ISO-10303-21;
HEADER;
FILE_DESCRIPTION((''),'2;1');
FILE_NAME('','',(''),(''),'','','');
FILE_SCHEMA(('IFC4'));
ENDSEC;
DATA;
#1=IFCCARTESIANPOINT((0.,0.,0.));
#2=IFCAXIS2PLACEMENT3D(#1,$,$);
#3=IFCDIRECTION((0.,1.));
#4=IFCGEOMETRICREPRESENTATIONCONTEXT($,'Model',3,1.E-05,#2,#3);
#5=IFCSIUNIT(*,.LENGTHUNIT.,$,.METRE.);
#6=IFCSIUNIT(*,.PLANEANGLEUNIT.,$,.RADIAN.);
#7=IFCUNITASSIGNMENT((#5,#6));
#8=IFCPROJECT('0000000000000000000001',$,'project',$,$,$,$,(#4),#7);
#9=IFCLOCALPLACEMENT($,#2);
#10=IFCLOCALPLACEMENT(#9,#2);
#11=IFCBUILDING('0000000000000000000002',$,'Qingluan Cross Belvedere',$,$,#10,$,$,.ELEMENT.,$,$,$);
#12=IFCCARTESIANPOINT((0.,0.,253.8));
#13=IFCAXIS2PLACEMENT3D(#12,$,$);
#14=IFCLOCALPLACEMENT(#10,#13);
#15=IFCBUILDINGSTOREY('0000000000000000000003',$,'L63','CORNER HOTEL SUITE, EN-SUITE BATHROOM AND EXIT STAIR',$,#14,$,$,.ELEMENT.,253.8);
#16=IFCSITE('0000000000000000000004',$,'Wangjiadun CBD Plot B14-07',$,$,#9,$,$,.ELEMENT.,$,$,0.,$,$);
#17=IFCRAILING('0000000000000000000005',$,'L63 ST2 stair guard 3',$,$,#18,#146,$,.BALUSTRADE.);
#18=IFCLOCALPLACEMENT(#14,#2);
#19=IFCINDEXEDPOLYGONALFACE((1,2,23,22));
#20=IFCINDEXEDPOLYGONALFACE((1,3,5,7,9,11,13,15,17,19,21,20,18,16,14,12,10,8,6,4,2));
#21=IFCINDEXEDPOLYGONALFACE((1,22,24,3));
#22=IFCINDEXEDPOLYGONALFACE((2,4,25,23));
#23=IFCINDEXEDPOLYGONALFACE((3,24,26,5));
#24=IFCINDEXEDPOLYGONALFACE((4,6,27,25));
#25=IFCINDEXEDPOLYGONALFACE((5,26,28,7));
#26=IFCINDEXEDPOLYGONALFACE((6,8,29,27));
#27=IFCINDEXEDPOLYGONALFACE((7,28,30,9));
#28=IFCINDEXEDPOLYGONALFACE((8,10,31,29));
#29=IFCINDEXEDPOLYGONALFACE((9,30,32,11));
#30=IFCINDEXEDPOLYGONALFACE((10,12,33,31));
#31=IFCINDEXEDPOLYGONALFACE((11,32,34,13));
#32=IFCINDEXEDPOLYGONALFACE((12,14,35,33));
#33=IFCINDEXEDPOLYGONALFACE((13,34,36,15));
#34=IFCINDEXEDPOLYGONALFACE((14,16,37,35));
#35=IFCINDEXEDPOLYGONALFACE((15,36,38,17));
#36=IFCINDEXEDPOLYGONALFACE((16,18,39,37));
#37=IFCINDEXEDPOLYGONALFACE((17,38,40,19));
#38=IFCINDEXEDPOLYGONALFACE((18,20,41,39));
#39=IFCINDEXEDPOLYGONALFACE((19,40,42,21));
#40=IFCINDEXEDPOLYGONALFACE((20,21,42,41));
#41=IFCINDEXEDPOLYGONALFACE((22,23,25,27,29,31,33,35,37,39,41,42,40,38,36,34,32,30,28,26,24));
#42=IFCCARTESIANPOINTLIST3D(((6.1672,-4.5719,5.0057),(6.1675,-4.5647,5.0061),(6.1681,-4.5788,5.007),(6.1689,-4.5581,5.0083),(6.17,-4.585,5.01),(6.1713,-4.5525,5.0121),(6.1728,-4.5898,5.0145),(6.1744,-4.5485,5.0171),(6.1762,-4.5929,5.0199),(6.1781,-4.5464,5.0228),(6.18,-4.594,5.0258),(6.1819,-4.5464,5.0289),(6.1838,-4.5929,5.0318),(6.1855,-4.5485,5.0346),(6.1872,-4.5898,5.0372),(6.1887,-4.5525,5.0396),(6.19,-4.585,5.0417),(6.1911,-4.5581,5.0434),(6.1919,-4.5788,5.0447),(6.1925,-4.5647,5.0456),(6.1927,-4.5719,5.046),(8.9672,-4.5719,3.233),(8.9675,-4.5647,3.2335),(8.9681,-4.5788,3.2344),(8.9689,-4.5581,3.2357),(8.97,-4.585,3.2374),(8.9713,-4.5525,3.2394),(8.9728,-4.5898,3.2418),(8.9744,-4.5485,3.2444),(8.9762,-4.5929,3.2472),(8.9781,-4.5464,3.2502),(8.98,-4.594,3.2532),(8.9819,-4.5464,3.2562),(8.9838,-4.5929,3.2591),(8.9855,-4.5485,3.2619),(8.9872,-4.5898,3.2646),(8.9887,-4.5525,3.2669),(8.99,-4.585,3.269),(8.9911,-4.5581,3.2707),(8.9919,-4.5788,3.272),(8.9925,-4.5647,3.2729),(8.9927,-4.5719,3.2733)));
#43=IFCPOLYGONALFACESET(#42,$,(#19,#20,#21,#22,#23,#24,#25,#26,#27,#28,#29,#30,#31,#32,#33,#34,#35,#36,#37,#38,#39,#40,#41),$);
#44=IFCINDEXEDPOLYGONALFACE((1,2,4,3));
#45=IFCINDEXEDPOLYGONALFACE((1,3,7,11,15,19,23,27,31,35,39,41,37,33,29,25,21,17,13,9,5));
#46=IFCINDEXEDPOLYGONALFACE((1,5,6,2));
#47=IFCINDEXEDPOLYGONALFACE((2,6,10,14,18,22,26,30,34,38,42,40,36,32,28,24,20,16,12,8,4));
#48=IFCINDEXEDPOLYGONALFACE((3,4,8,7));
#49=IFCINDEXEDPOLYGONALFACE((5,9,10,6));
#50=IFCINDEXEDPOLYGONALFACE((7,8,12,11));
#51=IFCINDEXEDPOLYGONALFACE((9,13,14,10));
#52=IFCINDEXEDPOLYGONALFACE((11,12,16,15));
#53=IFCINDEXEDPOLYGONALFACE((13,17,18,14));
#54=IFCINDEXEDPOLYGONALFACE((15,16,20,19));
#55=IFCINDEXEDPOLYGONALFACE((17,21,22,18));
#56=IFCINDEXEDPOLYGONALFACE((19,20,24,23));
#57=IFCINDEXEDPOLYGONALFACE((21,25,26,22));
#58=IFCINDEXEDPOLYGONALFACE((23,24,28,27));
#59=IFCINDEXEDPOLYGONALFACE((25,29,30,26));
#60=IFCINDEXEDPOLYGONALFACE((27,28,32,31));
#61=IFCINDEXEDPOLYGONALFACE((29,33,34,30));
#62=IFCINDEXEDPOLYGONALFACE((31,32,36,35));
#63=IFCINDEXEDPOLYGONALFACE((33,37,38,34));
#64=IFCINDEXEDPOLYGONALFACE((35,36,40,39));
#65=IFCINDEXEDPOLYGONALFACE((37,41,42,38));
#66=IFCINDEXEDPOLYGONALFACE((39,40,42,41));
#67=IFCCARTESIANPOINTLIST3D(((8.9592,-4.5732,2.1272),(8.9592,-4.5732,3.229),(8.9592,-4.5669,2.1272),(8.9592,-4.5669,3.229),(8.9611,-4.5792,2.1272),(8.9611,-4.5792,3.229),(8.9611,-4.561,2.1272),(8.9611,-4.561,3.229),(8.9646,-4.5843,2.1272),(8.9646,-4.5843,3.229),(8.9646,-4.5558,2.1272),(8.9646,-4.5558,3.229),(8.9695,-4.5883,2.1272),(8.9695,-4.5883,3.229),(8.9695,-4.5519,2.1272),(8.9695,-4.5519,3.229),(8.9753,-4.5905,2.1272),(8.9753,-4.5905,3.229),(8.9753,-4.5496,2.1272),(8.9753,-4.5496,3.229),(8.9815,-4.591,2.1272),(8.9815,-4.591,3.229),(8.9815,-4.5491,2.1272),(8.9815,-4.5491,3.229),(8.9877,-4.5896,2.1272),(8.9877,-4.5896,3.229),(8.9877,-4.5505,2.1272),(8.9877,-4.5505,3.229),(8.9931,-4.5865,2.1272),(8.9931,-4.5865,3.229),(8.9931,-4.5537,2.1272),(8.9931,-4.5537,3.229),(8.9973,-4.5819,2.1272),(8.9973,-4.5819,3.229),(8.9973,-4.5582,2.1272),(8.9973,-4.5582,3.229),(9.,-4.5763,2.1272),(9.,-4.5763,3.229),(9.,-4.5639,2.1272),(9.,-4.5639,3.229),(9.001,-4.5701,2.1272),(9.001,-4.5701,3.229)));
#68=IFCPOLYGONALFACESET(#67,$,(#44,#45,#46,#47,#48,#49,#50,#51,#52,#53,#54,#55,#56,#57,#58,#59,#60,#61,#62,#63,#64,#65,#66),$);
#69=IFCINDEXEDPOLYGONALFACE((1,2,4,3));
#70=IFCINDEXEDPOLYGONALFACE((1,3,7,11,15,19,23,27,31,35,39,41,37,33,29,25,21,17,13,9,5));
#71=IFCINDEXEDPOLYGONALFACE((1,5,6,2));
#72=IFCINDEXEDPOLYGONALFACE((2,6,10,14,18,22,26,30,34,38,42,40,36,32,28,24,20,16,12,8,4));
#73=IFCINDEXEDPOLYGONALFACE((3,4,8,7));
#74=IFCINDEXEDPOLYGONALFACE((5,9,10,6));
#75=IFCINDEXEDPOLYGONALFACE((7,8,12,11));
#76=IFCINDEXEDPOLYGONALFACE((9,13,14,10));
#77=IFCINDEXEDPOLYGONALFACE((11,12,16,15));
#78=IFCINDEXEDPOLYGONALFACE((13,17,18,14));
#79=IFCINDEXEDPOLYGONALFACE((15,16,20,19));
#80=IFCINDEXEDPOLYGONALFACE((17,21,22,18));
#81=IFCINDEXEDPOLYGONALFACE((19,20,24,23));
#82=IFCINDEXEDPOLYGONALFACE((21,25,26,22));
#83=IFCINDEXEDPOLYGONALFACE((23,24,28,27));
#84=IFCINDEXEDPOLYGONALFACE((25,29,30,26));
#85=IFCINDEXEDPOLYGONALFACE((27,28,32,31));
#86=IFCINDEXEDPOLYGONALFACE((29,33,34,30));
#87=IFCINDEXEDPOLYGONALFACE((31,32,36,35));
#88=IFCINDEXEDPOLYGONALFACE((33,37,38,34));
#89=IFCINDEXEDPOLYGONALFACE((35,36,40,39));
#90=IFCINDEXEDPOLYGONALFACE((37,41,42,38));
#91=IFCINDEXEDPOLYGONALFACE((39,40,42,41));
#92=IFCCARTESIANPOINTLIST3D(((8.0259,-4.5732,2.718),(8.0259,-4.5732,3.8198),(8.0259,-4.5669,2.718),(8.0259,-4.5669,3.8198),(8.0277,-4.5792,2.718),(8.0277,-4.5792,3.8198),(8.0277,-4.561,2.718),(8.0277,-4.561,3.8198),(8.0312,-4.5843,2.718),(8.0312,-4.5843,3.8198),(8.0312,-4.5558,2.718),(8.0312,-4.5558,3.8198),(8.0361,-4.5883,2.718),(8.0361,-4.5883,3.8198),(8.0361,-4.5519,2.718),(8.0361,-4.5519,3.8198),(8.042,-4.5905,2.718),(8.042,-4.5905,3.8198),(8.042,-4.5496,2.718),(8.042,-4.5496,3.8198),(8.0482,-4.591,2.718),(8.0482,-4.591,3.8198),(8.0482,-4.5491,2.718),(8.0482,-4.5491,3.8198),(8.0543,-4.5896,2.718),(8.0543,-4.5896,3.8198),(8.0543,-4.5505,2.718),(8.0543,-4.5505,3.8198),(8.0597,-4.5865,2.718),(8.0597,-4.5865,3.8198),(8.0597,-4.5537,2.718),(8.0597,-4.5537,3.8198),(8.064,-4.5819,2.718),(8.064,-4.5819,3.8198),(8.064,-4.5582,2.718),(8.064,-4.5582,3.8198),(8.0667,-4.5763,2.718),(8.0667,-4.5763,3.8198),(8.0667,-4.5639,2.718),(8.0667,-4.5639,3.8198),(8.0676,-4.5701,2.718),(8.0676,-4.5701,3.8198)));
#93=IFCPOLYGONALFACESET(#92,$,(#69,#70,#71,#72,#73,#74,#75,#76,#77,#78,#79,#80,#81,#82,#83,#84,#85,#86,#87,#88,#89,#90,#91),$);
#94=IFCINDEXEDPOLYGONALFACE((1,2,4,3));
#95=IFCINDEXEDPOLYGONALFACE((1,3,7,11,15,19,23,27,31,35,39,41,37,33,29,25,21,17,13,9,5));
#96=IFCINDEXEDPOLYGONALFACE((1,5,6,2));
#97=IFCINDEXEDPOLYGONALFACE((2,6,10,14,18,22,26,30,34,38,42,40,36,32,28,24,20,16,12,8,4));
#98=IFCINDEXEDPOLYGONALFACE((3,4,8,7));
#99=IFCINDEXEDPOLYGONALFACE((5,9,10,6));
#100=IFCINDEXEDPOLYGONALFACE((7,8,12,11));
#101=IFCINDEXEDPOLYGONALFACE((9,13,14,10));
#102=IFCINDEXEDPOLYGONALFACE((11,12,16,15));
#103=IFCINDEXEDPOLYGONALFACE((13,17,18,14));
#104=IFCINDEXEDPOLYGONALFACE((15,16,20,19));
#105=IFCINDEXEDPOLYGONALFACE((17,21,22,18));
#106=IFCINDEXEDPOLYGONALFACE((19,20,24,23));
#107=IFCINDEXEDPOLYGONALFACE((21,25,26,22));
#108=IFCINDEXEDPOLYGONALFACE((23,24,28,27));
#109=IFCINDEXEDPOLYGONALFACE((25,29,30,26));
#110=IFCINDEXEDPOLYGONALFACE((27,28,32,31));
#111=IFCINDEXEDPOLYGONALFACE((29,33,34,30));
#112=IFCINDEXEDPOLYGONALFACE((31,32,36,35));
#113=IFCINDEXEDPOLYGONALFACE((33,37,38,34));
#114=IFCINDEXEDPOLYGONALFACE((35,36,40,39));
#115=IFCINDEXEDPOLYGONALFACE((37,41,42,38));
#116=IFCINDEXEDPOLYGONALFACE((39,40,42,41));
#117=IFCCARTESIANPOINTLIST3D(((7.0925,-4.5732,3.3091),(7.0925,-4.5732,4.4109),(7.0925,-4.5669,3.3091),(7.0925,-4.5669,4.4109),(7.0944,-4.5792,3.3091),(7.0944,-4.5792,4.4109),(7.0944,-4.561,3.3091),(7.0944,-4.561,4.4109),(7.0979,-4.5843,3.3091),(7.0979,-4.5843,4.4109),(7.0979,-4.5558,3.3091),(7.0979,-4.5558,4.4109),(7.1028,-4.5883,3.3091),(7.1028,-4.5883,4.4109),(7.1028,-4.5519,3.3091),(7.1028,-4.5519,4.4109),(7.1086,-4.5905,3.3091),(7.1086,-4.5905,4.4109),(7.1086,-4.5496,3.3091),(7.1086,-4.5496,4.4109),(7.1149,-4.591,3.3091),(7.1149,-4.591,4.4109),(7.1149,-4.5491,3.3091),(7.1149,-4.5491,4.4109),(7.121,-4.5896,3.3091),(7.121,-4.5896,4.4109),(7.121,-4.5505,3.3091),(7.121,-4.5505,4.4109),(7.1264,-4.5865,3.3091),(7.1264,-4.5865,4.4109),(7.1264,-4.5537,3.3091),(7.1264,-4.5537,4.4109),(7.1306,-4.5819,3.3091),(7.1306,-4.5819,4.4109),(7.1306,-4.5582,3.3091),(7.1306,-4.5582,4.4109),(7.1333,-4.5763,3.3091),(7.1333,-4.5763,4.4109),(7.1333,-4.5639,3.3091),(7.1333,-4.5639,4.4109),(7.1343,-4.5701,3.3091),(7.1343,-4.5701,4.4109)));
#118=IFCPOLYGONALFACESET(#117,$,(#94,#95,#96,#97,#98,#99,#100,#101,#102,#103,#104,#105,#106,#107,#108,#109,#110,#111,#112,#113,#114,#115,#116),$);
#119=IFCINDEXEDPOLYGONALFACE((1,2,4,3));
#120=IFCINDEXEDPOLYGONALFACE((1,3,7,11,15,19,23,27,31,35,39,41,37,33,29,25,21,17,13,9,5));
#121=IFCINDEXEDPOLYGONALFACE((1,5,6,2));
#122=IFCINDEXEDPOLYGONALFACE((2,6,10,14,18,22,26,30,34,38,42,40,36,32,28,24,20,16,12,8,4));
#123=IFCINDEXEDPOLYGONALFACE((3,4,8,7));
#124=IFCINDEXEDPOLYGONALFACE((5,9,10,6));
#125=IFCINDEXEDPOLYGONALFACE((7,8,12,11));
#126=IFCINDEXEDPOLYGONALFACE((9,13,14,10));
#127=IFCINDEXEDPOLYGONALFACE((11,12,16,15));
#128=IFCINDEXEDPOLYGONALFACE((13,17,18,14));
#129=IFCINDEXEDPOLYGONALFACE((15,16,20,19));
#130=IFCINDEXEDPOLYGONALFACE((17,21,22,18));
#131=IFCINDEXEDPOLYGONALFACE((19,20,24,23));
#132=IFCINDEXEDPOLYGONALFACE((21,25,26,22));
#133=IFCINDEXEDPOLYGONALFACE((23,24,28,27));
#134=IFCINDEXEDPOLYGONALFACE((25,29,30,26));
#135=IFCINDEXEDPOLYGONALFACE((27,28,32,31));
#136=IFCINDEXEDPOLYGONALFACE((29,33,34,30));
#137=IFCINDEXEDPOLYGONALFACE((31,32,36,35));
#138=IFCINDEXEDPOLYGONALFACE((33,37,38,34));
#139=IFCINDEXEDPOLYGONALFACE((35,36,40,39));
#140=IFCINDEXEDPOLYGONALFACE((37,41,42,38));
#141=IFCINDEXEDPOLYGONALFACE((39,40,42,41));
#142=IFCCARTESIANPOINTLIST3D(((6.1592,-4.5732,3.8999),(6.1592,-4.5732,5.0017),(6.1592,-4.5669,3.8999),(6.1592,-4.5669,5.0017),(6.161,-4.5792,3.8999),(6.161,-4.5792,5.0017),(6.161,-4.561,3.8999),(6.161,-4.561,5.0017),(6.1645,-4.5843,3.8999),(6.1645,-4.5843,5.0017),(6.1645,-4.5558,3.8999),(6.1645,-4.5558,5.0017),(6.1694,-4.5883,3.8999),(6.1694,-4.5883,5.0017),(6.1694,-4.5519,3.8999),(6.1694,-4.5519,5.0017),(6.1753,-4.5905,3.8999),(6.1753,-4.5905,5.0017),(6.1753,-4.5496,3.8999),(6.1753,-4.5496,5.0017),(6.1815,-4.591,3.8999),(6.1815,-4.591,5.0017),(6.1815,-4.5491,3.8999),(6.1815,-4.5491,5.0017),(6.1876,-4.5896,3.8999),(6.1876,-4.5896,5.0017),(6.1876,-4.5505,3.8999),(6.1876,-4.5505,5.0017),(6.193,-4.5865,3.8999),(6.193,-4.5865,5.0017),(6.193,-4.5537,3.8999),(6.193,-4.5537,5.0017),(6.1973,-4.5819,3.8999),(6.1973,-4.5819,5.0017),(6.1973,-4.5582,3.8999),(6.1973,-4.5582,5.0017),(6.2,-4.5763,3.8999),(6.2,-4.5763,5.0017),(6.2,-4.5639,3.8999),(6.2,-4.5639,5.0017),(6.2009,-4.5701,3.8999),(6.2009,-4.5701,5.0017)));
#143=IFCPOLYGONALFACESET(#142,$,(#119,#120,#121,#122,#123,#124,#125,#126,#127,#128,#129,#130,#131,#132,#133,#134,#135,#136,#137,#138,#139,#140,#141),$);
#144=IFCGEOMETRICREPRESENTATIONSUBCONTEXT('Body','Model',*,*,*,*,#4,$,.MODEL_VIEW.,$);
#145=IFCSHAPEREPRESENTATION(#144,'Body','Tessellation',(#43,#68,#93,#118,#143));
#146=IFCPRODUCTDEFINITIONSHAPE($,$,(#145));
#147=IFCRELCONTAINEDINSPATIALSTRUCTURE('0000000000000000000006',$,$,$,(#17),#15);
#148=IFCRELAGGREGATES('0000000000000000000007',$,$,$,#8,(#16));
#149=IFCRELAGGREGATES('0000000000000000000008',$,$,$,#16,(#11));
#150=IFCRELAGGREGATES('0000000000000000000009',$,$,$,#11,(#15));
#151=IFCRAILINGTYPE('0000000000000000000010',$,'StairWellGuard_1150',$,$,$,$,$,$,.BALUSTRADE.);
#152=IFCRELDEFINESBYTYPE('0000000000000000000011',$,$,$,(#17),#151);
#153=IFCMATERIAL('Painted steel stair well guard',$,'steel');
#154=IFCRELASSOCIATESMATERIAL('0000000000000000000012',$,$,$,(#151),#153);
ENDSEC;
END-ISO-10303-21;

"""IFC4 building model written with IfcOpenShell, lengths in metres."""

from ifc_helpers import new_model, si_unit, direction, frame, origin, origin_2d, place, context, subcontext, project, spatial, circle, extrude, material, type_object, element, save


model = new_model("IFC4")

# Units and contexts
model_context = context("Model", 3, precision=1e-05, world=origin(), true_north=direction((0.0, 1.0)))
body_context = subcontext(model_context, "Body", "Model", "MODEL_VIEW")
ifc_project = project(units=[si_unit("LENGTHUNIT", "METRE"), si_unit("PLANEANGLEUNIT", "RADIAN")], contexts=[model_context])

# Site, building, storey
site_placement = place(None, origin())
site = spatial("IfcSite", under=ifc_project, at=site_placement, Name="Wangjiadun CBD Plot B14-07", CompositionType="ELEMENT", RefElevation=0.0)
building_placement = place(site_placement, origin())
building = spatial("IfcBuilding", under=site, at=building_placement, Name="Qingluan Cross Belvedere", CompositionType="ELEMENT")
storey_placement = place(building_placement, frame((0.0, 0.0, 253.8)))
storey = spatial("IfcBuildingStorey", under=building, at=storey_placement, Name="L63", Description="CORNER HOTEL SUITE, EN-SUITE BATHROOM AND EXIT STAIR", CompositionType="ELEMENT", Elevation=253.8)

# Railing
ifc_material_1 = material(Name="Painted steel stair well guard", Category="steel")
railing_type_1 = type_object("IfcRailingType", Name="StairWellGuard_1150", PredefinedType="BALUSTRADE", material=ifc_material_1)
railing_1_placement = place(storey_placement, frame((8.98, -4.5701, 2.1272)))
element("IfcRailing", 1, at=railing_1_placement, inside=storey, type_object=railing_type_1, Name="L63 ST2 stair guard 3", PredefinedType="BALUSTRADE", context=body_context, shape_type="SweptSolid", body=[
    extrude(circle(Radius=0.0239, at=origin_2d()), frame((0.0, 0.0, 1.126), z_axis=(-0.844909, 0.0, 0.53491), x_axis=(0.0, -1.0, 0.0)), (0.0, 0.0, 1.0), 3.314),
    extrude(circle(Radius=0.021, at=origin_2d()), origin(), (0.0, 0.0, 1.0), 1.1018),
    extrude(circle(Radius=0.021, at=origin_2d()), frame((-0.9333, 0.0, 0.5908)), (0.0, 0.0, 1.0), 1.1018),
    extrude(circle(Radius=0.021, at=origin_2d()), frame((-1.8667, 0.0, 1.1819)), (0.0, 0.0, 1.0), 1.1018),
    extrude(circle(Radius=0.021, at=origin_2d()), frame((-2.8, 0.0, 1.7727)), (0.0, 0.0, 1.0), 1.1018),
])

save(model, "model.ifc")
